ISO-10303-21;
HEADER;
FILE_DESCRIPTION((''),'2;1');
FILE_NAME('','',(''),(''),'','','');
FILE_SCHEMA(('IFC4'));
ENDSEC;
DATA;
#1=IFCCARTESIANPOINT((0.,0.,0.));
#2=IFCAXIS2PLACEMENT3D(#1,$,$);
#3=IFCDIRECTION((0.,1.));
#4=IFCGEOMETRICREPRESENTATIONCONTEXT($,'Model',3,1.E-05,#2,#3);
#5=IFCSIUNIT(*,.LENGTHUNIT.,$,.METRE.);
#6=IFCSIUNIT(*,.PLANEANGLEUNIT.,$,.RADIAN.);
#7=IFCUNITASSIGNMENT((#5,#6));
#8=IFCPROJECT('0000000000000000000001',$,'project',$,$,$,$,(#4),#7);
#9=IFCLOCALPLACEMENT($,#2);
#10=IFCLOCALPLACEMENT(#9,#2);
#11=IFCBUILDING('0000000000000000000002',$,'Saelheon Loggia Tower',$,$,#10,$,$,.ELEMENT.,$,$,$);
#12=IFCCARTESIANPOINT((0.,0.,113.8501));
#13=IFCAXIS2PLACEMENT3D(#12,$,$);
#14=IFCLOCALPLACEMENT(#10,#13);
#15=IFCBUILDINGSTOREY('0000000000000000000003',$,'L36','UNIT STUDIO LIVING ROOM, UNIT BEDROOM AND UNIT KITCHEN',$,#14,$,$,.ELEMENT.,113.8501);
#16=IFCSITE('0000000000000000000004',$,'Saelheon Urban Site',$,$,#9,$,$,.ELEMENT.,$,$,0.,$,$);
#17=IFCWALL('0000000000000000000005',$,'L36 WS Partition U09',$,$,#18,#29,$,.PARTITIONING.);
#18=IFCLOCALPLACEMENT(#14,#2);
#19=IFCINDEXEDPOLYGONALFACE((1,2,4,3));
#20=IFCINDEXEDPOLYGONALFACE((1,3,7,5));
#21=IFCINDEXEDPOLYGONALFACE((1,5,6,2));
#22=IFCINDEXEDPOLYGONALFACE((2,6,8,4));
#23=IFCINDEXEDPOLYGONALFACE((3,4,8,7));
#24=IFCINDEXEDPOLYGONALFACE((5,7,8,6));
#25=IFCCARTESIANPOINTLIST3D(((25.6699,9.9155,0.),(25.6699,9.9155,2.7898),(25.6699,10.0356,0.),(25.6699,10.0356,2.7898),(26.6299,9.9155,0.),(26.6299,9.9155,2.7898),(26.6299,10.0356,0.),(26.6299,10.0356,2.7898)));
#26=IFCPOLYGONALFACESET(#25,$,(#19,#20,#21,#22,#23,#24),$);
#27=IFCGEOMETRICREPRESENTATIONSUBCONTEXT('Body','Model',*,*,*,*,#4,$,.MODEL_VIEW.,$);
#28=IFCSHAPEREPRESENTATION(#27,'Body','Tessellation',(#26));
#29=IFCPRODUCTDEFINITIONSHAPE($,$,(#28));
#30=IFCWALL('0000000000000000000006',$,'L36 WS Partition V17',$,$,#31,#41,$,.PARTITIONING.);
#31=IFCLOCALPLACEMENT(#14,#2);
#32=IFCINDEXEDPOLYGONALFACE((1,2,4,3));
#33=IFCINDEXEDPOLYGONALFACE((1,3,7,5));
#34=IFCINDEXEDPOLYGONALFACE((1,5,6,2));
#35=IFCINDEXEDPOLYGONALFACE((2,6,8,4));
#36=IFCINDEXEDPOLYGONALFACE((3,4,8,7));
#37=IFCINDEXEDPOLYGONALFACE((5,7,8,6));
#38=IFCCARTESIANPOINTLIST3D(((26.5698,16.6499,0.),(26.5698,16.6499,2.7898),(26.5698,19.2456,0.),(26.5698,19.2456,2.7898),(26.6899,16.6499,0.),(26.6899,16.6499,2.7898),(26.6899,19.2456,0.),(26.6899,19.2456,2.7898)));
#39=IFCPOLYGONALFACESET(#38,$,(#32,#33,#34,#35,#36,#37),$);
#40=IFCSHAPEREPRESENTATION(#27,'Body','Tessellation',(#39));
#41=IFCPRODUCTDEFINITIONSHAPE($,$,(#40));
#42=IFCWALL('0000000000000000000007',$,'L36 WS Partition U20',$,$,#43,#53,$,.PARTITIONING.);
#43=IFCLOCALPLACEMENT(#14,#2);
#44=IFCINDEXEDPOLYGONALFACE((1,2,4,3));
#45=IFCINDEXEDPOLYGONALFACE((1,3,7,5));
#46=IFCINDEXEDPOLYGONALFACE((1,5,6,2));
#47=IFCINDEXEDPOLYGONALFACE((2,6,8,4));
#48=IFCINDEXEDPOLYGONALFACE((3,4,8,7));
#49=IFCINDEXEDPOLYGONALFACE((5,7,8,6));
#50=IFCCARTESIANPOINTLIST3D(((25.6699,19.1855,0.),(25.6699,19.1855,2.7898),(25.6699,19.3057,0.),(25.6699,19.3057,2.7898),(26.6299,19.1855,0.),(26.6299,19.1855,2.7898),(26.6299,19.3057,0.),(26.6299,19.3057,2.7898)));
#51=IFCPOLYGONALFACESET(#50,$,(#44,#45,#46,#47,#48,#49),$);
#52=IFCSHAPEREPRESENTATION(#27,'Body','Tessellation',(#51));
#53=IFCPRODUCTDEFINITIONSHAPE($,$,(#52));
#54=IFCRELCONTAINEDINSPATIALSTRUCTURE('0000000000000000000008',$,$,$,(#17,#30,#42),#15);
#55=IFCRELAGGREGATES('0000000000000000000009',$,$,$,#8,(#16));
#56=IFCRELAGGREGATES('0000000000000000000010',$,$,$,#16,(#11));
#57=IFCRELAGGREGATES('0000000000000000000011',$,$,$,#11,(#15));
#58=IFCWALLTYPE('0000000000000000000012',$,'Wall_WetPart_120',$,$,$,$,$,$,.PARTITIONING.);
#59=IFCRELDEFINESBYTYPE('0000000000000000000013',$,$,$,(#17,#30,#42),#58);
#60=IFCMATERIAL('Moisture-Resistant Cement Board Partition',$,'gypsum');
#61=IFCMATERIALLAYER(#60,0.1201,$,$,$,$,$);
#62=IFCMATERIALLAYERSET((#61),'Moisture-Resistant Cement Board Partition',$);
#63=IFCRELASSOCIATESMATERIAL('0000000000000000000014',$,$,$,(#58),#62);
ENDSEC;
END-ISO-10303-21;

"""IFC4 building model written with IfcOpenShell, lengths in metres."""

from ifc_helpers import new_model, si_unit, direction, frame, frame_2d, origin, place, context, subcontext, project, spatial, rectangle, extrude, material, layer, layer_set, type_object, element, save


model = new_model("IFC4")

# Units and contexts
model_context = context("Model", 3, precision=1e-05, world=origin(), true_north=direction((0.0, 1.0)))
body_context = subcontext(model_context, "Body", "Model", "MODEL_VIEW")
ifc_project = project(units=[si_unit("LENGTHUNIT", "METRE"), si_unit("PLANEANGLEUNIT", "RADIAN")], contexts=[model_context])

# Site, building, storey
site_placement = place(None, origin())
site = spatial("IfcSite", under=ifc_project, at=site_placement, Name="Saelheon Urban Site", CompositionType="ELEMENT", RefElevation=0.0)
building_placement = place(site_placement, origin())
building = spatial("IfcBuilding", under=site, at=building_placement, Name="Saelheon Loggia Tower", CompositionType="ELEMENT")
storey_placement = place(building_placement, frame((0.0, 0.0, 113.8501)))
storey = spatial("IfcBuildingStorey", under=building, at=storey_placement, Name="L36", Description="UNIT STUDIO LIVING ROOM, UNIT BEDROOM AND UNIT KITCHEN", CompositionType="ELEMENT", Elevation=113.8501)

# Walls
ifc_material_1 = material(Name="Moisture-Resistant Cement Board Partition", Category="gypsum")
ifc_layer_1 = layer(ifc_material_1, 0.1201)
ifc_layer_set_1 = layer_set([ifc_layer_1], Name="Moisture-Resistant Cement Board Partition")
wall_type_1 = type_object("IfcWallType", Name="Wall_WetPart_120", PredefinedType="PARTITIONING", material=ifc_layer_set_1)
wall_1_placement = place(storey_placement, frame((26.6299, 9.9756, 0.0), z_axis=(0.0, 0.0, 1.0), x_axis=(-1.0, 0.0, 0.0)))
element("IfcWall", 1, at=wall_1_placement, inside=storey, type_object=wall_type_1, Name="L36 WS Partition U09", PredefinedType="PARTITIONING", context=body_context, shape_type="SweptSolid", body=[
    extrude(rectangle(XDim=0.96, YDim=0.1201, at=frame_2d((0.48, 0.0))), origin(), (0.0, 0.0, 1.0), 2.7898),
])
wall_2_placement = place(storey_placement, frame((26.6299, 16.6499, 0.0), z_axis=(0.0, 0.0, 1.0), x_axis=(0.0, 1.0, 0.0)))
element("IfcWall", 2, at=wall_2_placement, inside=storey, type_object=wall_type_1, Name="L36 WS Partition V17", PredefinedType="PARTITIONING", context=body_context, shape_type="SweptSolid", body=[
    extrude(rectangle(XDim=2.5957, YDim=0.1201, at=frame_2d((1.2979, 0.0))), origin(), (0.0, 0.0, 1.0), 2.7898),
])
wall_3_placement = place(storey_placement, frame((26.6299, 19.2456, 0.0), z_axis=(0.0, 0.0, 1.0), x_axis=(-1.0, 0.0, 0.0)))
element("IfcWall", 3, at=wall_3_placement, inside=storey, type_object=wall_type_1, Name="L36 WS Partition U20", PredefinedType="PARTITIONING", context=body_context, shape_type="SweptSolid", body=[
    extrude(rectangle(XDim=0.96, YDim=0.1201, at=frame_2d((0.48, 0.0))), origin(), (0.0, 0.0, 1.0), 2.7898),
])

save(model, "model.ifc")
